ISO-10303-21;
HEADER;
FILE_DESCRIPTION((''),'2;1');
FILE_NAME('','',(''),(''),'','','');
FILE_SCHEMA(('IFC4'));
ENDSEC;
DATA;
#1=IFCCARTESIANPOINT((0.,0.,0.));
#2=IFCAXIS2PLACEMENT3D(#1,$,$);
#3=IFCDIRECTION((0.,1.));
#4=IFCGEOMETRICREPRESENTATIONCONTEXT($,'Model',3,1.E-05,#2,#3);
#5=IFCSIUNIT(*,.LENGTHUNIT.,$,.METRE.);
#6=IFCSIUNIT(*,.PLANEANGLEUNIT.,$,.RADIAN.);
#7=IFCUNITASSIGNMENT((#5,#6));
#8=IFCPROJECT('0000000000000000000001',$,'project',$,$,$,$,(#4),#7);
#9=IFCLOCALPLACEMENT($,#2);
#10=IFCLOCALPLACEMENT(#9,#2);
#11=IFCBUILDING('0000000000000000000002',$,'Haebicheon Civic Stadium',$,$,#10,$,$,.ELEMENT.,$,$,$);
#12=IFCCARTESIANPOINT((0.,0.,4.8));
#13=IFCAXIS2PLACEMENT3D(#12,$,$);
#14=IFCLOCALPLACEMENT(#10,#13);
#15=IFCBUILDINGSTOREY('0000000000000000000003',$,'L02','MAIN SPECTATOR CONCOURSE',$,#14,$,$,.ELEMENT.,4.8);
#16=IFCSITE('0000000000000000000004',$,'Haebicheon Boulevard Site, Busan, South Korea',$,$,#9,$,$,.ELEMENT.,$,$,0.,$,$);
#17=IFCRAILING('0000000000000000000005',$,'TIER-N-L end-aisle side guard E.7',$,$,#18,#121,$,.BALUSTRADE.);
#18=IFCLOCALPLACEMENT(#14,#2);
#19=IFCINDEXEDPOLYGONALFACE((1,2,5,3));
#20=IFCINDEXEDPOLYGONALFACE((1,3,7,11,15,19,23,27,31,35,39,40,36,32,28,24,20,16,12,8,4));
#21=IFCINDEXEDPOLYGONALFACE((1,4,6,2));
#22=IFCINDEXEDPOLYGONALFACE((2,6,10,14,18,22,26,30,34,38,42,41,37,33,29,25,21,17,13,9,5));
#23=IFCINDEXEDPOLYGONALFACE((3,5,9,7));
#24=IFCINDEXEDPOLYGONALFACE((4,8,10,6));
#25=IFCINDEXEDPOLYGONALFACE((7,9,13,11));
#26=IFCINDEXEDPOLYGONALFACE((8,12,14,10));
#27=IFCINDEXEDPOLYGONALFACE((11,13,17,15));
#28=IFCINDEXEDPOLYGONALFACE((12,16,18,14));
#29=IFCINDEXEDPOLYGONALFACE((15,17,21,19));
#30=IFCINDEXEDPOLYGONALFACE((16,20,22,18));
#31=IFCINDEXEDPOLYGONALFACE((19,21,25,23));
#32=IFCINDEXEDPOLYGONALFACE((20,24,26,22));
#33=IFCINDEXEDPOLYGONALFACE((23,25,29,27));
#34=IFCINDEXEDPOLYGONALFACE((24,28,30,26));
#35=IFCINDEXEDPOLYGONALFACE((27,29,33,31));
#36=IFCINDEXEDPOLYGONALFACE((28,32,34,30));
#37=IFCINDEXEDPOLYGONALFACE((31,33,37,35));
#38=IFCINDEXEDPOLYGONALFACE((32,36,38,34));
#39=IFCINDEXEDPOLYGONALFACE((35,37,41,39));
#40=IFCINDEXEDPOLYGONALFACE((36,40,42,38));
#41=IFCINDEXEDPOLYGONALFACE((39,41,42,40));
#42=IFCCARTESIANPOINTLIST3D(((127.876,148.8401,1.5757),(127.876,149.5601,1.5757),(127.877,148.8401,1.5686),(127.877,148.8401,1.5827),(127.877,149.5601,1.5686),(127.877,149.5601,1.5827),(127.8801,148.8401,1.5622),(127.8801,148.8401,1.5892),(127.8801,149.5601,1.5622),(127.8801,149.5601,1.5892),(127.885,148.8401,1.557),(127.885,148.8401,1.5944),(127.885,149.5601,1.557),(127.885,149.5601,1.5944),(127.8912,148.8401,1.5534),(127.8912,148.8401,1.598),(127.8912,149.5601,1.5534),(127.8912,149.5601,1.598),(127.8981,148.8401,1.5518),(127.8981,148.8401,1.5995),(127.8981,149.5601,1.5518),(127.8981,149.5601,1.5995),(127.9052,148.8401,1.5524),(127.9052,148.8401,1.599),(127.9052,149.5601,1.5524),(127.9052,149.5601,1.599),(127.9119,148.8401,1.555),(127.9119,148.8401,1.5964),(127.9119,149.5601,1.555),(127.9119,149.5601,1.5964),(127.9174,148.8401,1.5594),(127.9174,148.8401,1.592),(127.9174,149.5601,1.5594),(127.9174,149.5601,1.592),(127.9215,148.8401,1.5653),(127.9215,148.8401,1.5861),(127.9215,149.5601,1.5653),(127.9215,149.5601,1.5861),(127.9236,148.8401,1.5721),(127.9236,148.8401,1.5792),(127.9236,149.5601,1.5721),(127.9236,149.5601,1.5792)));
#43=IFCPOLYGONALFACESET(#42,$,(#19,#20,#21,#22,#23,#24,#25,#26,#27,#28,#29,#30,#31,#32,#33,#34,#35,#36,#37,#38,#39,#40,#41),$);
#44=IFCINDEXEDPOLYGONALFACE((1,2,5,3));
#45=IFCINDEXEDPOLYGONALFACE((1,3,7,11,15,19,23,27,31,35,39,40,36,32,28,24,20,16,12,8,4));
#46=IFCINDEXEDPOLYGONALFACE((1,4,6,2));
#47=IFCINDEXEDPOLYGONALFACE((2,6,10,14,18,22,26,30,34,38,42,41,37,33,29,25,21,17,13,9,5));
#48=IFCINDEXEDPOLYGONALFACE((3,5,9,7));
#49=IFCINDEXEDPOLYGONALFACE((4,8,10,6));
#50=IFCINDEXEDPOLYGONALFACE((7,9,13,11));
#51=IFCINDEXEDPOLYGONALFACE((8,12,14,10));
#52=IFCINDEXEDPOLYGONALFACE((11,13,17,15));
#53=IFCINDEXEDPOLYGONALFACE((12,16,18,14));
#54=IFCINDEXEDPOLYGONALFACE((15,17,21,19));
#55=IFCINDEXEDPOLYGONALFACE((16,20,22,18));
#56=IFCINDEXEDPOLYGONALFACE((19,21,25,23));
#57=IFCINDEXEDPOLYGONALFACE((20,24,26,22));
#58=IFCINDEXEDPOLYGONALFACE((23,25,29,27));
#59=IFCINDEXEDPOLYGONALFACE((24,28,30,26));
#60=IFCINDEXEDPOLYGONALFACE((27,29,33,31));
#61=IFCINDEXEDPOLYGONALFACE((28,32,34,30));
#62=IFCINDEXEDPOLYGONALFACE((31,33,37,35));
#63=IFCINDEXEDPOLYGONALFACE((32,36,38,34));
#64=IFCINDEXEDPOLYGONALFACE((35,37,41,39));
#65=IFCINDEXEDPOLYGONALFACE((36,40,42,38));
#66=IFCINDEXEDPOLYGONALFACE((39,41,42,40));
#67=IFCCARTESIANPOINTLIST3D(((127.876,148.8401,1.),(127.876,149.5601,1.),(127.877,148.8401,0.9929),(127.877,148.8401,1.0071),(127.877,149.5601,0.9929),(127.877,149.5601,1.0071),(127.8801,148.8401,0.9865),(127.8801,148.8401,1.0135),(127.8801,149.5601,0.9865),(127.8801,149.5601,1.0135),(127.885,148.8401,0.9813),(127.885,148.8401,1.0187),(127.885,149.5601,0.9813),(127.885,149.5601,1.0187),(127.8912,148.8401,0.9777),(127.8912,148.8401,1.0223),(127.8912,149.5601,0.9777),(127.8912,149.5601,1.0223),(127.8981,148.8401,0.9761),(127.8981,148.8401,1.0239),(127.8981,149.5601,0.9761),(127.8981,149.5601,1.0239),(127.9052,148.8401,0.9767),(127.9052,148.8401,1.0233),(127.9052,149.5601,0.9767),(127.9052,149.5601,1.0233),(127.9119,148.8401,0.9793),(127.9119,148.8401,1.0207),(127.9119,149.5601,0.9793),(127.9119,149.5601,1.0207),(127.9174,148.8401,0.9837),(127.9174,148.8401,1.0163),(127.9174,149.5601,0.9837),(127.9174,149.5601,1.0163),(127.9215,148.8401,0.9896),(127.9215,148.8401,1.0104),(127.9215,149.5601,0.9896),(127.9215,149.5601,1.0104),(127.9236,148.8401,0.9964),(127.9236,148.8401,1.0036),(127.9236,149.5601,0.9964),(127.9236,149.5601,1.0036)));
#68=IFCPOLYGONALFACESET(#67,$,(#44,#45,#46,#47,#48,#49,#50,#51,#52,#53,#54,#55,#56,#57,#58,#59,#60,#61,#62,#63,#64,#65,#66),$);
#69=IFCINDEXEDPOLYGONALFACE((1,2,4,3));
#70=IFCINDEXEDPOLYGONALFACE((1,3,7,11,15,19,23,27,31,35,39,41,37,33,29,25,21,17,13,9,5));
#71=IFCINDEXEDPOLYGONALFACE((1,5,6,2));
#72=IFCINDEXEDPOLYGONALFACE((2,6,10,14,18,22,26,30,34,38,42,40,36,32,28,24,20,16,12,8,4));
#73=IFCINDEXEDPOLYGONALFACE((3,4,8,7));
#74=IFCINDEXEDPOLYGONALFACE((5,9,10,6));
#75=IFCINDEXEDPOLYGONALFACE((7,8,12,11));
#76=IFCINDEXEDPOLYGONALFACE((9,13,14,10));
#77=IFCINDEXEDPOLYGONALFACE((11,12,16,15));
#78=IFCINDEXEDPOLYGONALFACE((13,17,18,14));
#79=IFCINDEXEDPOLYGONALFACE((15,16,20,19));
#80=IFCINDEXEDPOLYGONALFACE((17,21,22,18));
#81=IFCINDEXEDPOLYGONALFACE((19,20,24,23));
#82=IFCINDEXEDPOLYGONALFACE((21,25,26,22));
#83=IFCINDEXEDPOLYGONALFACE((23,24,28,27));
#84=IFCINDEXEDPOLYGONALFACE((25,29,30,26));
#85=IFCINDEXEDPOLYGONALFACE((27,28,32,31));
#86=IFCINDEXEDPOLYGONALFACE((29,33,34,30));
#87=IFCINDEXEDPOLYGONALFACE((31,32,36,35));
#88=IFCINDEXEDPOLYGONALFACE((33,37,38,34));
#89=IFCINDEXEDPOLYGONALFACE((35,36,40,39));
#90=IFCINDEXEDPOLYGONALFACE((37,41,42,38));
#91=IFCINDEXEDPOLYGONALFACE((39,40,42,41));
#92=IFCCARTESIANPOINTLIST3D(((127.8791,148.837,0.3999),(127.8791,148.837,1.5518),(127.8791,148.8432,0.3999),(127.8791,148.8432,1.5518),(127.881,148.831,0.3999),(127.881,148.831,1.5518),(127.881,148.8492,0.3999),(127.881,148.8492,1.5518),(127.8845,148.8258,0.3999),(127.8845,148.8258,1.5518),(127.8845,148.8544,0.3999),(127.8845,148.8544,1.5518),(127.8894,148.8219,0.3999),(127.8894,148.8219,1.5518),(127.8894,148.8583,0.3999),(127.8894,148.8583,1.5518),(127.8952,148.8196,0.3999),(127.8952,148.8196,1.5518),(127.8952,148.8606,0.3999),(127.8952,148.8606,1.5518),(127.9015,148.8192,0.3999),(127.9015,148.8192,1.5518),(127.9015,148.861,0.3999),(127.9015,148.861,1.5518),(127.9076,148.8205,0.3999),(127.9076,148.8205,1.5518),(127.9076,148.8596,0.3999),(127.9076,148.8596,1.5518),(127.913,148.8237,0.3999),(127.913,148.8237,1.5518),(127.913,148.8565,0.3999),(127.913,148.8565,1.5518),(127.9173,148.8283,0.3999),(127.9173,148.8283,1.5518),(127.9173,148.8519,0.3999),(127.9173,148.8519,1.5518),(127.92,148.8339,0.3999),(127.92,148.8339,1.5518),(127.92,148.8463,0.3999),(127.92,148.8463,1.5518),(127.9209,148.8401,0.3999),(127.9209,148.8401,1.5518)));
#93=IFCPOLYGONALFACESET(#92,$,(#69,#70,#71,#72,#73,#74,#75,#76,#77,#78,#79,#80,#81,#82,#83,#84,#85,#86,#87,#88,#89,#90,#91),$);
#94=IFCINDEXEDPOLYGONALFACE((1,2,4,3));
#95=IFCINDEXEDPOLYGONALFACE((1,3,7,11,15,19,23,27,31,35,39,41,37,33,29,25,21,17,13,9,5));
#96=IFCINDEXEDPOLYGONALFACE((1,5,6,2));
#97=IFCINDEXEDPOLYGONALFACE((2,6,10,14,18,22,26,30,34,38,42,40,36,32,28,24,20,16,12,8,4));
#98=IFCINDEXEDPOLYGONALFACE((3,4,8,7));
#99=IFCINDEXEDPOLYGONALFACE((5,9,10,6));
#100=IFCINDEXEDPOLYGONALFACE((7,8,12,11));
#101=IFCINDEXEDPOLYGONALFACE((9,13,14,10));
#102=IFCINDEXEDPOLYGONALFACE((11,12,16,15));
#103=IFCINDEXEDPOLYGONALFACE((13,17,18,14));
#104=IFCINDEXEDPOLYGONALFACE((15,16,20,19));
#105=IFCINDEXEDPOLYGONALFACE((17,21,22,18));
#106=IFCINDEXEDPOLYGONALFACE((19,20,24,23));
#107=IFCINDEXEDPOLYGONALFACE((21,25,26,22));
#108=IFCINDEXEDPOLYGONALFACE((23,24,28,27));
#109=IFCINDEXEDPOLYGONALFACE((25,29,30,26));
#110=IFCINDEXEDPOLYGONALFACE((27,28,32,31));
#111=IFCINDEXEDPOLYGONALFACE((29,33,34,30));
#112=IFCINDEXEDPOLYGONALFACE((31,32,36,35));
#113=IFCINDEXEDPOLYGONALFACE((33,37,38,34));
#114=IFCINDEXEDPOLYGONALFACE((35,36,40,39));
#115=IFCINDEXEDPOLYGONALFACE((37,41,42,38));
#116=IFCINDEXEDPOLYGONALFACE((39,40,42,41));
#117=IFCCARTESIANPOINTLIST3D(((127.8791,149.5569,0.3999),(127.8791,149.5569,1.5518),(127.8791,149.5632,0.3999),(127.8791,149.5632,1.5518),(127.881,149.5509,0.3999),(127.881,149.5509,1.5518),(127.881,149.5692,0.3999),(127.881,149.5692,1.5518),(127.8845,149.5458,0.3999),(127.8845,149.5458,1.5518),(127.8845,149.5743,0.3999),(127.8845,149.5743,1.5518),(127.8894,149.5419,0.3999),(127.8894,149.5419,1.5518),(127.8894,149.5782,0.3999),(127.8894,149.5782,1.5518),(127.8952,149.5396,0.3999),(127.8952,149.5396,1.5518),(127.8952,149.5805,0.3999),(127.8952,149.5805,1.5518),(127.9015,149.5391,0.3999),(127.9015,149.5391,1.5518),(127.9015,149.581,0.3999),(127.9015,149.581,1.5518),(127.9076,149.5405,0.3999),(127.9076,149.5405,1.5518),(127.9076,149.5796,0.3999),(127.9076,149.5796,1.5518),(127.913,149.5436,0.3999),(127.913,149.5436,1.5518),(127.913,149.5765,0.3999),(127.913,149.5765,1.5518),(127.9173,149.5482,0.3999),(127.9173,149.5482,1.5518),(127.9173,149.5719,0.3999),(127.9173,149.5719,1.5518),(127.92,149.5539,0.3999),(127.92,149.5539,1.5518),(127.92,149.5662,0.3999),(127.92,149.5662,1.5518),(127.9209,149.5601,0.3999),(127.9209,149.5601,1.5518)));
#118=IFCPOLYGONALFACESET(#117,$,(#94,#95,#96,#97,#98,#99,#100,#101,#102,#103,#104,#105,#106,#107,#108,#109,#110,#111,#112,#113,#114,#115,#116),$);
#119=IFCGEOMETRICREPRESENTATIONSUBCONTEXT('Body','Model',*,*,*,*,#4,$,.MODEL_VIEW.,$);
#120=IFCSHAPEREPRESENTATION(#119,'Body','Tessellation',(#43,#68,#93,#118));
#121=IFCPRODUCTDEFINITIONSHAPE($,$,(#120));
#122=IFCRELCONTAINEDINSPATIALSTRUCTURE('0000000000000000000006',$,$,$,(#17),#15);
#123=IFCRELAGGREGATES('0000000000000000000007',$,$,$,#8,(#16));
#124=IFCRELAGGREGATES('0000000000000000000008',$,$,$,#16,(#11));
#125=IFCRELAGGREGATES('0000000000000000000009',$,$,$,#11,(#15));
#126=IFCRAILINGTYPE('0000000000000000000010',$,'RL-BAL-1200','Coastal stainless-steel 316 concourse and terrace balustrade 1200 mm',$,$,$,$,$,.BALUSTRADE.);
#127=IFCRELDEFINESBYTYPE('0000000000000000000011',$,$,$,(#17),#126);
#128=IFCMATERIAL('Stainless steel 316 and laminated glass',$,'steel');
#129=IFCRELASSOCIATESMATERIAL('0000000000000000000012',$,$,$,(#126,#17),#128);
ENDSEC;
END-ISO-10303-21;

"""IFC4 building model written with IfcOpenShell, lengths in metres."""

from ifc_helpers import new_model, si_unit, direction, frame, origin, origin_2d, place, context, subcontext, project, spatial, circle, extrude, material, type_object, element, save


model = new_model("IFC4")

# Units and contexts
model_context = context("Model", 3, precision=1e-05, world=origin(), true_north=direction((0.0, 1.0)))
body_context = subcontext(model_context, "Body", "Model", "MODEL_VIEW")
ifc_project = project(units=[si_unit("LENGTHUNIT", "METRE"), si_unit("PLANEANGLEUNIT", "RADIAN")], contexts=[model_context])

# Site, building, storey
site_placement = place(None, origin())
site = spatial("IfcSite", under=ifc_project, at=site_placement, Name="Haebicheon Boulevard Site, Busan, South Korea", CompositionType="ELEMENT", RefElevation=0.0)
building_placement = place(site_placement, origin())
building = spatial("IfcBuilding", under=site, at=building_placement, Name="Haebicheon Civic Stadium", CompositionType="ELEMENT")
storey_placement = place(building_placement, frame((0.0, 0.0, 4.8)))
storey = spatial("IfcBuildingStorey", under=building, at=storey_placement, Name="L02", Description="MAIN SPECTATOR CONCOURSE", CompositionType="ELEMENT", Elevation=4.8)

# Railing
ifc_material_1 = material(Name="Stainless steel 316 and laminated glass", Category="steel")
railing_type = type_object("IfcRailingType", Name="RL-BAL-1200", Description="Coastal stainless-steel 316 concourse and terrace balustrade 1200 mm", PredefinedType="BALUSTRADE", material=ifc_material_1)
railing_1_placement = place(storey_placement, frame((127.8999, 148.8401, 0.3999)))
element("IfcRailing", 1, at=railing_1_placement, inside=storey, type_object=railing_type, material=ifc_material_1, Name="TIER-N-L end-aisle side guard E.7", PredefinedType="BALUSTRADE", context=body_context, shape_type="SweptSolid", body=[
    extrude(circle(Radius=0.0239, at=origin_2d()), frame((0.0, 0.0, 1.1758), z_axis=(0.0, 1.0, 0.0), x_axis=(-1.0, 0.0, 0.0)), (0.0, 0.0, 1.0), 0.72),
    extrude(circle(Radius=0.0239, at=origin_2d()), frame((0.0, 0.0, 0.6001), z_axis=(0.0, 1.0, 0.0), x_axis=(-1.0, 0.0, 0.0)), (0.0, 0.0, 1.0), 0.72),
    extrude(circle(Radius=0.021, at=origin_2d()), origin(), (0.0, 0.0, 1.0), 1.1519),
    extrude(circle(Radius=0.021, at=origin_2d()), frame((0.0, 0.72, 0.0)), (0.0, 0.0, 1.0), 1.1519),
])

save(model, "model.ifc")
